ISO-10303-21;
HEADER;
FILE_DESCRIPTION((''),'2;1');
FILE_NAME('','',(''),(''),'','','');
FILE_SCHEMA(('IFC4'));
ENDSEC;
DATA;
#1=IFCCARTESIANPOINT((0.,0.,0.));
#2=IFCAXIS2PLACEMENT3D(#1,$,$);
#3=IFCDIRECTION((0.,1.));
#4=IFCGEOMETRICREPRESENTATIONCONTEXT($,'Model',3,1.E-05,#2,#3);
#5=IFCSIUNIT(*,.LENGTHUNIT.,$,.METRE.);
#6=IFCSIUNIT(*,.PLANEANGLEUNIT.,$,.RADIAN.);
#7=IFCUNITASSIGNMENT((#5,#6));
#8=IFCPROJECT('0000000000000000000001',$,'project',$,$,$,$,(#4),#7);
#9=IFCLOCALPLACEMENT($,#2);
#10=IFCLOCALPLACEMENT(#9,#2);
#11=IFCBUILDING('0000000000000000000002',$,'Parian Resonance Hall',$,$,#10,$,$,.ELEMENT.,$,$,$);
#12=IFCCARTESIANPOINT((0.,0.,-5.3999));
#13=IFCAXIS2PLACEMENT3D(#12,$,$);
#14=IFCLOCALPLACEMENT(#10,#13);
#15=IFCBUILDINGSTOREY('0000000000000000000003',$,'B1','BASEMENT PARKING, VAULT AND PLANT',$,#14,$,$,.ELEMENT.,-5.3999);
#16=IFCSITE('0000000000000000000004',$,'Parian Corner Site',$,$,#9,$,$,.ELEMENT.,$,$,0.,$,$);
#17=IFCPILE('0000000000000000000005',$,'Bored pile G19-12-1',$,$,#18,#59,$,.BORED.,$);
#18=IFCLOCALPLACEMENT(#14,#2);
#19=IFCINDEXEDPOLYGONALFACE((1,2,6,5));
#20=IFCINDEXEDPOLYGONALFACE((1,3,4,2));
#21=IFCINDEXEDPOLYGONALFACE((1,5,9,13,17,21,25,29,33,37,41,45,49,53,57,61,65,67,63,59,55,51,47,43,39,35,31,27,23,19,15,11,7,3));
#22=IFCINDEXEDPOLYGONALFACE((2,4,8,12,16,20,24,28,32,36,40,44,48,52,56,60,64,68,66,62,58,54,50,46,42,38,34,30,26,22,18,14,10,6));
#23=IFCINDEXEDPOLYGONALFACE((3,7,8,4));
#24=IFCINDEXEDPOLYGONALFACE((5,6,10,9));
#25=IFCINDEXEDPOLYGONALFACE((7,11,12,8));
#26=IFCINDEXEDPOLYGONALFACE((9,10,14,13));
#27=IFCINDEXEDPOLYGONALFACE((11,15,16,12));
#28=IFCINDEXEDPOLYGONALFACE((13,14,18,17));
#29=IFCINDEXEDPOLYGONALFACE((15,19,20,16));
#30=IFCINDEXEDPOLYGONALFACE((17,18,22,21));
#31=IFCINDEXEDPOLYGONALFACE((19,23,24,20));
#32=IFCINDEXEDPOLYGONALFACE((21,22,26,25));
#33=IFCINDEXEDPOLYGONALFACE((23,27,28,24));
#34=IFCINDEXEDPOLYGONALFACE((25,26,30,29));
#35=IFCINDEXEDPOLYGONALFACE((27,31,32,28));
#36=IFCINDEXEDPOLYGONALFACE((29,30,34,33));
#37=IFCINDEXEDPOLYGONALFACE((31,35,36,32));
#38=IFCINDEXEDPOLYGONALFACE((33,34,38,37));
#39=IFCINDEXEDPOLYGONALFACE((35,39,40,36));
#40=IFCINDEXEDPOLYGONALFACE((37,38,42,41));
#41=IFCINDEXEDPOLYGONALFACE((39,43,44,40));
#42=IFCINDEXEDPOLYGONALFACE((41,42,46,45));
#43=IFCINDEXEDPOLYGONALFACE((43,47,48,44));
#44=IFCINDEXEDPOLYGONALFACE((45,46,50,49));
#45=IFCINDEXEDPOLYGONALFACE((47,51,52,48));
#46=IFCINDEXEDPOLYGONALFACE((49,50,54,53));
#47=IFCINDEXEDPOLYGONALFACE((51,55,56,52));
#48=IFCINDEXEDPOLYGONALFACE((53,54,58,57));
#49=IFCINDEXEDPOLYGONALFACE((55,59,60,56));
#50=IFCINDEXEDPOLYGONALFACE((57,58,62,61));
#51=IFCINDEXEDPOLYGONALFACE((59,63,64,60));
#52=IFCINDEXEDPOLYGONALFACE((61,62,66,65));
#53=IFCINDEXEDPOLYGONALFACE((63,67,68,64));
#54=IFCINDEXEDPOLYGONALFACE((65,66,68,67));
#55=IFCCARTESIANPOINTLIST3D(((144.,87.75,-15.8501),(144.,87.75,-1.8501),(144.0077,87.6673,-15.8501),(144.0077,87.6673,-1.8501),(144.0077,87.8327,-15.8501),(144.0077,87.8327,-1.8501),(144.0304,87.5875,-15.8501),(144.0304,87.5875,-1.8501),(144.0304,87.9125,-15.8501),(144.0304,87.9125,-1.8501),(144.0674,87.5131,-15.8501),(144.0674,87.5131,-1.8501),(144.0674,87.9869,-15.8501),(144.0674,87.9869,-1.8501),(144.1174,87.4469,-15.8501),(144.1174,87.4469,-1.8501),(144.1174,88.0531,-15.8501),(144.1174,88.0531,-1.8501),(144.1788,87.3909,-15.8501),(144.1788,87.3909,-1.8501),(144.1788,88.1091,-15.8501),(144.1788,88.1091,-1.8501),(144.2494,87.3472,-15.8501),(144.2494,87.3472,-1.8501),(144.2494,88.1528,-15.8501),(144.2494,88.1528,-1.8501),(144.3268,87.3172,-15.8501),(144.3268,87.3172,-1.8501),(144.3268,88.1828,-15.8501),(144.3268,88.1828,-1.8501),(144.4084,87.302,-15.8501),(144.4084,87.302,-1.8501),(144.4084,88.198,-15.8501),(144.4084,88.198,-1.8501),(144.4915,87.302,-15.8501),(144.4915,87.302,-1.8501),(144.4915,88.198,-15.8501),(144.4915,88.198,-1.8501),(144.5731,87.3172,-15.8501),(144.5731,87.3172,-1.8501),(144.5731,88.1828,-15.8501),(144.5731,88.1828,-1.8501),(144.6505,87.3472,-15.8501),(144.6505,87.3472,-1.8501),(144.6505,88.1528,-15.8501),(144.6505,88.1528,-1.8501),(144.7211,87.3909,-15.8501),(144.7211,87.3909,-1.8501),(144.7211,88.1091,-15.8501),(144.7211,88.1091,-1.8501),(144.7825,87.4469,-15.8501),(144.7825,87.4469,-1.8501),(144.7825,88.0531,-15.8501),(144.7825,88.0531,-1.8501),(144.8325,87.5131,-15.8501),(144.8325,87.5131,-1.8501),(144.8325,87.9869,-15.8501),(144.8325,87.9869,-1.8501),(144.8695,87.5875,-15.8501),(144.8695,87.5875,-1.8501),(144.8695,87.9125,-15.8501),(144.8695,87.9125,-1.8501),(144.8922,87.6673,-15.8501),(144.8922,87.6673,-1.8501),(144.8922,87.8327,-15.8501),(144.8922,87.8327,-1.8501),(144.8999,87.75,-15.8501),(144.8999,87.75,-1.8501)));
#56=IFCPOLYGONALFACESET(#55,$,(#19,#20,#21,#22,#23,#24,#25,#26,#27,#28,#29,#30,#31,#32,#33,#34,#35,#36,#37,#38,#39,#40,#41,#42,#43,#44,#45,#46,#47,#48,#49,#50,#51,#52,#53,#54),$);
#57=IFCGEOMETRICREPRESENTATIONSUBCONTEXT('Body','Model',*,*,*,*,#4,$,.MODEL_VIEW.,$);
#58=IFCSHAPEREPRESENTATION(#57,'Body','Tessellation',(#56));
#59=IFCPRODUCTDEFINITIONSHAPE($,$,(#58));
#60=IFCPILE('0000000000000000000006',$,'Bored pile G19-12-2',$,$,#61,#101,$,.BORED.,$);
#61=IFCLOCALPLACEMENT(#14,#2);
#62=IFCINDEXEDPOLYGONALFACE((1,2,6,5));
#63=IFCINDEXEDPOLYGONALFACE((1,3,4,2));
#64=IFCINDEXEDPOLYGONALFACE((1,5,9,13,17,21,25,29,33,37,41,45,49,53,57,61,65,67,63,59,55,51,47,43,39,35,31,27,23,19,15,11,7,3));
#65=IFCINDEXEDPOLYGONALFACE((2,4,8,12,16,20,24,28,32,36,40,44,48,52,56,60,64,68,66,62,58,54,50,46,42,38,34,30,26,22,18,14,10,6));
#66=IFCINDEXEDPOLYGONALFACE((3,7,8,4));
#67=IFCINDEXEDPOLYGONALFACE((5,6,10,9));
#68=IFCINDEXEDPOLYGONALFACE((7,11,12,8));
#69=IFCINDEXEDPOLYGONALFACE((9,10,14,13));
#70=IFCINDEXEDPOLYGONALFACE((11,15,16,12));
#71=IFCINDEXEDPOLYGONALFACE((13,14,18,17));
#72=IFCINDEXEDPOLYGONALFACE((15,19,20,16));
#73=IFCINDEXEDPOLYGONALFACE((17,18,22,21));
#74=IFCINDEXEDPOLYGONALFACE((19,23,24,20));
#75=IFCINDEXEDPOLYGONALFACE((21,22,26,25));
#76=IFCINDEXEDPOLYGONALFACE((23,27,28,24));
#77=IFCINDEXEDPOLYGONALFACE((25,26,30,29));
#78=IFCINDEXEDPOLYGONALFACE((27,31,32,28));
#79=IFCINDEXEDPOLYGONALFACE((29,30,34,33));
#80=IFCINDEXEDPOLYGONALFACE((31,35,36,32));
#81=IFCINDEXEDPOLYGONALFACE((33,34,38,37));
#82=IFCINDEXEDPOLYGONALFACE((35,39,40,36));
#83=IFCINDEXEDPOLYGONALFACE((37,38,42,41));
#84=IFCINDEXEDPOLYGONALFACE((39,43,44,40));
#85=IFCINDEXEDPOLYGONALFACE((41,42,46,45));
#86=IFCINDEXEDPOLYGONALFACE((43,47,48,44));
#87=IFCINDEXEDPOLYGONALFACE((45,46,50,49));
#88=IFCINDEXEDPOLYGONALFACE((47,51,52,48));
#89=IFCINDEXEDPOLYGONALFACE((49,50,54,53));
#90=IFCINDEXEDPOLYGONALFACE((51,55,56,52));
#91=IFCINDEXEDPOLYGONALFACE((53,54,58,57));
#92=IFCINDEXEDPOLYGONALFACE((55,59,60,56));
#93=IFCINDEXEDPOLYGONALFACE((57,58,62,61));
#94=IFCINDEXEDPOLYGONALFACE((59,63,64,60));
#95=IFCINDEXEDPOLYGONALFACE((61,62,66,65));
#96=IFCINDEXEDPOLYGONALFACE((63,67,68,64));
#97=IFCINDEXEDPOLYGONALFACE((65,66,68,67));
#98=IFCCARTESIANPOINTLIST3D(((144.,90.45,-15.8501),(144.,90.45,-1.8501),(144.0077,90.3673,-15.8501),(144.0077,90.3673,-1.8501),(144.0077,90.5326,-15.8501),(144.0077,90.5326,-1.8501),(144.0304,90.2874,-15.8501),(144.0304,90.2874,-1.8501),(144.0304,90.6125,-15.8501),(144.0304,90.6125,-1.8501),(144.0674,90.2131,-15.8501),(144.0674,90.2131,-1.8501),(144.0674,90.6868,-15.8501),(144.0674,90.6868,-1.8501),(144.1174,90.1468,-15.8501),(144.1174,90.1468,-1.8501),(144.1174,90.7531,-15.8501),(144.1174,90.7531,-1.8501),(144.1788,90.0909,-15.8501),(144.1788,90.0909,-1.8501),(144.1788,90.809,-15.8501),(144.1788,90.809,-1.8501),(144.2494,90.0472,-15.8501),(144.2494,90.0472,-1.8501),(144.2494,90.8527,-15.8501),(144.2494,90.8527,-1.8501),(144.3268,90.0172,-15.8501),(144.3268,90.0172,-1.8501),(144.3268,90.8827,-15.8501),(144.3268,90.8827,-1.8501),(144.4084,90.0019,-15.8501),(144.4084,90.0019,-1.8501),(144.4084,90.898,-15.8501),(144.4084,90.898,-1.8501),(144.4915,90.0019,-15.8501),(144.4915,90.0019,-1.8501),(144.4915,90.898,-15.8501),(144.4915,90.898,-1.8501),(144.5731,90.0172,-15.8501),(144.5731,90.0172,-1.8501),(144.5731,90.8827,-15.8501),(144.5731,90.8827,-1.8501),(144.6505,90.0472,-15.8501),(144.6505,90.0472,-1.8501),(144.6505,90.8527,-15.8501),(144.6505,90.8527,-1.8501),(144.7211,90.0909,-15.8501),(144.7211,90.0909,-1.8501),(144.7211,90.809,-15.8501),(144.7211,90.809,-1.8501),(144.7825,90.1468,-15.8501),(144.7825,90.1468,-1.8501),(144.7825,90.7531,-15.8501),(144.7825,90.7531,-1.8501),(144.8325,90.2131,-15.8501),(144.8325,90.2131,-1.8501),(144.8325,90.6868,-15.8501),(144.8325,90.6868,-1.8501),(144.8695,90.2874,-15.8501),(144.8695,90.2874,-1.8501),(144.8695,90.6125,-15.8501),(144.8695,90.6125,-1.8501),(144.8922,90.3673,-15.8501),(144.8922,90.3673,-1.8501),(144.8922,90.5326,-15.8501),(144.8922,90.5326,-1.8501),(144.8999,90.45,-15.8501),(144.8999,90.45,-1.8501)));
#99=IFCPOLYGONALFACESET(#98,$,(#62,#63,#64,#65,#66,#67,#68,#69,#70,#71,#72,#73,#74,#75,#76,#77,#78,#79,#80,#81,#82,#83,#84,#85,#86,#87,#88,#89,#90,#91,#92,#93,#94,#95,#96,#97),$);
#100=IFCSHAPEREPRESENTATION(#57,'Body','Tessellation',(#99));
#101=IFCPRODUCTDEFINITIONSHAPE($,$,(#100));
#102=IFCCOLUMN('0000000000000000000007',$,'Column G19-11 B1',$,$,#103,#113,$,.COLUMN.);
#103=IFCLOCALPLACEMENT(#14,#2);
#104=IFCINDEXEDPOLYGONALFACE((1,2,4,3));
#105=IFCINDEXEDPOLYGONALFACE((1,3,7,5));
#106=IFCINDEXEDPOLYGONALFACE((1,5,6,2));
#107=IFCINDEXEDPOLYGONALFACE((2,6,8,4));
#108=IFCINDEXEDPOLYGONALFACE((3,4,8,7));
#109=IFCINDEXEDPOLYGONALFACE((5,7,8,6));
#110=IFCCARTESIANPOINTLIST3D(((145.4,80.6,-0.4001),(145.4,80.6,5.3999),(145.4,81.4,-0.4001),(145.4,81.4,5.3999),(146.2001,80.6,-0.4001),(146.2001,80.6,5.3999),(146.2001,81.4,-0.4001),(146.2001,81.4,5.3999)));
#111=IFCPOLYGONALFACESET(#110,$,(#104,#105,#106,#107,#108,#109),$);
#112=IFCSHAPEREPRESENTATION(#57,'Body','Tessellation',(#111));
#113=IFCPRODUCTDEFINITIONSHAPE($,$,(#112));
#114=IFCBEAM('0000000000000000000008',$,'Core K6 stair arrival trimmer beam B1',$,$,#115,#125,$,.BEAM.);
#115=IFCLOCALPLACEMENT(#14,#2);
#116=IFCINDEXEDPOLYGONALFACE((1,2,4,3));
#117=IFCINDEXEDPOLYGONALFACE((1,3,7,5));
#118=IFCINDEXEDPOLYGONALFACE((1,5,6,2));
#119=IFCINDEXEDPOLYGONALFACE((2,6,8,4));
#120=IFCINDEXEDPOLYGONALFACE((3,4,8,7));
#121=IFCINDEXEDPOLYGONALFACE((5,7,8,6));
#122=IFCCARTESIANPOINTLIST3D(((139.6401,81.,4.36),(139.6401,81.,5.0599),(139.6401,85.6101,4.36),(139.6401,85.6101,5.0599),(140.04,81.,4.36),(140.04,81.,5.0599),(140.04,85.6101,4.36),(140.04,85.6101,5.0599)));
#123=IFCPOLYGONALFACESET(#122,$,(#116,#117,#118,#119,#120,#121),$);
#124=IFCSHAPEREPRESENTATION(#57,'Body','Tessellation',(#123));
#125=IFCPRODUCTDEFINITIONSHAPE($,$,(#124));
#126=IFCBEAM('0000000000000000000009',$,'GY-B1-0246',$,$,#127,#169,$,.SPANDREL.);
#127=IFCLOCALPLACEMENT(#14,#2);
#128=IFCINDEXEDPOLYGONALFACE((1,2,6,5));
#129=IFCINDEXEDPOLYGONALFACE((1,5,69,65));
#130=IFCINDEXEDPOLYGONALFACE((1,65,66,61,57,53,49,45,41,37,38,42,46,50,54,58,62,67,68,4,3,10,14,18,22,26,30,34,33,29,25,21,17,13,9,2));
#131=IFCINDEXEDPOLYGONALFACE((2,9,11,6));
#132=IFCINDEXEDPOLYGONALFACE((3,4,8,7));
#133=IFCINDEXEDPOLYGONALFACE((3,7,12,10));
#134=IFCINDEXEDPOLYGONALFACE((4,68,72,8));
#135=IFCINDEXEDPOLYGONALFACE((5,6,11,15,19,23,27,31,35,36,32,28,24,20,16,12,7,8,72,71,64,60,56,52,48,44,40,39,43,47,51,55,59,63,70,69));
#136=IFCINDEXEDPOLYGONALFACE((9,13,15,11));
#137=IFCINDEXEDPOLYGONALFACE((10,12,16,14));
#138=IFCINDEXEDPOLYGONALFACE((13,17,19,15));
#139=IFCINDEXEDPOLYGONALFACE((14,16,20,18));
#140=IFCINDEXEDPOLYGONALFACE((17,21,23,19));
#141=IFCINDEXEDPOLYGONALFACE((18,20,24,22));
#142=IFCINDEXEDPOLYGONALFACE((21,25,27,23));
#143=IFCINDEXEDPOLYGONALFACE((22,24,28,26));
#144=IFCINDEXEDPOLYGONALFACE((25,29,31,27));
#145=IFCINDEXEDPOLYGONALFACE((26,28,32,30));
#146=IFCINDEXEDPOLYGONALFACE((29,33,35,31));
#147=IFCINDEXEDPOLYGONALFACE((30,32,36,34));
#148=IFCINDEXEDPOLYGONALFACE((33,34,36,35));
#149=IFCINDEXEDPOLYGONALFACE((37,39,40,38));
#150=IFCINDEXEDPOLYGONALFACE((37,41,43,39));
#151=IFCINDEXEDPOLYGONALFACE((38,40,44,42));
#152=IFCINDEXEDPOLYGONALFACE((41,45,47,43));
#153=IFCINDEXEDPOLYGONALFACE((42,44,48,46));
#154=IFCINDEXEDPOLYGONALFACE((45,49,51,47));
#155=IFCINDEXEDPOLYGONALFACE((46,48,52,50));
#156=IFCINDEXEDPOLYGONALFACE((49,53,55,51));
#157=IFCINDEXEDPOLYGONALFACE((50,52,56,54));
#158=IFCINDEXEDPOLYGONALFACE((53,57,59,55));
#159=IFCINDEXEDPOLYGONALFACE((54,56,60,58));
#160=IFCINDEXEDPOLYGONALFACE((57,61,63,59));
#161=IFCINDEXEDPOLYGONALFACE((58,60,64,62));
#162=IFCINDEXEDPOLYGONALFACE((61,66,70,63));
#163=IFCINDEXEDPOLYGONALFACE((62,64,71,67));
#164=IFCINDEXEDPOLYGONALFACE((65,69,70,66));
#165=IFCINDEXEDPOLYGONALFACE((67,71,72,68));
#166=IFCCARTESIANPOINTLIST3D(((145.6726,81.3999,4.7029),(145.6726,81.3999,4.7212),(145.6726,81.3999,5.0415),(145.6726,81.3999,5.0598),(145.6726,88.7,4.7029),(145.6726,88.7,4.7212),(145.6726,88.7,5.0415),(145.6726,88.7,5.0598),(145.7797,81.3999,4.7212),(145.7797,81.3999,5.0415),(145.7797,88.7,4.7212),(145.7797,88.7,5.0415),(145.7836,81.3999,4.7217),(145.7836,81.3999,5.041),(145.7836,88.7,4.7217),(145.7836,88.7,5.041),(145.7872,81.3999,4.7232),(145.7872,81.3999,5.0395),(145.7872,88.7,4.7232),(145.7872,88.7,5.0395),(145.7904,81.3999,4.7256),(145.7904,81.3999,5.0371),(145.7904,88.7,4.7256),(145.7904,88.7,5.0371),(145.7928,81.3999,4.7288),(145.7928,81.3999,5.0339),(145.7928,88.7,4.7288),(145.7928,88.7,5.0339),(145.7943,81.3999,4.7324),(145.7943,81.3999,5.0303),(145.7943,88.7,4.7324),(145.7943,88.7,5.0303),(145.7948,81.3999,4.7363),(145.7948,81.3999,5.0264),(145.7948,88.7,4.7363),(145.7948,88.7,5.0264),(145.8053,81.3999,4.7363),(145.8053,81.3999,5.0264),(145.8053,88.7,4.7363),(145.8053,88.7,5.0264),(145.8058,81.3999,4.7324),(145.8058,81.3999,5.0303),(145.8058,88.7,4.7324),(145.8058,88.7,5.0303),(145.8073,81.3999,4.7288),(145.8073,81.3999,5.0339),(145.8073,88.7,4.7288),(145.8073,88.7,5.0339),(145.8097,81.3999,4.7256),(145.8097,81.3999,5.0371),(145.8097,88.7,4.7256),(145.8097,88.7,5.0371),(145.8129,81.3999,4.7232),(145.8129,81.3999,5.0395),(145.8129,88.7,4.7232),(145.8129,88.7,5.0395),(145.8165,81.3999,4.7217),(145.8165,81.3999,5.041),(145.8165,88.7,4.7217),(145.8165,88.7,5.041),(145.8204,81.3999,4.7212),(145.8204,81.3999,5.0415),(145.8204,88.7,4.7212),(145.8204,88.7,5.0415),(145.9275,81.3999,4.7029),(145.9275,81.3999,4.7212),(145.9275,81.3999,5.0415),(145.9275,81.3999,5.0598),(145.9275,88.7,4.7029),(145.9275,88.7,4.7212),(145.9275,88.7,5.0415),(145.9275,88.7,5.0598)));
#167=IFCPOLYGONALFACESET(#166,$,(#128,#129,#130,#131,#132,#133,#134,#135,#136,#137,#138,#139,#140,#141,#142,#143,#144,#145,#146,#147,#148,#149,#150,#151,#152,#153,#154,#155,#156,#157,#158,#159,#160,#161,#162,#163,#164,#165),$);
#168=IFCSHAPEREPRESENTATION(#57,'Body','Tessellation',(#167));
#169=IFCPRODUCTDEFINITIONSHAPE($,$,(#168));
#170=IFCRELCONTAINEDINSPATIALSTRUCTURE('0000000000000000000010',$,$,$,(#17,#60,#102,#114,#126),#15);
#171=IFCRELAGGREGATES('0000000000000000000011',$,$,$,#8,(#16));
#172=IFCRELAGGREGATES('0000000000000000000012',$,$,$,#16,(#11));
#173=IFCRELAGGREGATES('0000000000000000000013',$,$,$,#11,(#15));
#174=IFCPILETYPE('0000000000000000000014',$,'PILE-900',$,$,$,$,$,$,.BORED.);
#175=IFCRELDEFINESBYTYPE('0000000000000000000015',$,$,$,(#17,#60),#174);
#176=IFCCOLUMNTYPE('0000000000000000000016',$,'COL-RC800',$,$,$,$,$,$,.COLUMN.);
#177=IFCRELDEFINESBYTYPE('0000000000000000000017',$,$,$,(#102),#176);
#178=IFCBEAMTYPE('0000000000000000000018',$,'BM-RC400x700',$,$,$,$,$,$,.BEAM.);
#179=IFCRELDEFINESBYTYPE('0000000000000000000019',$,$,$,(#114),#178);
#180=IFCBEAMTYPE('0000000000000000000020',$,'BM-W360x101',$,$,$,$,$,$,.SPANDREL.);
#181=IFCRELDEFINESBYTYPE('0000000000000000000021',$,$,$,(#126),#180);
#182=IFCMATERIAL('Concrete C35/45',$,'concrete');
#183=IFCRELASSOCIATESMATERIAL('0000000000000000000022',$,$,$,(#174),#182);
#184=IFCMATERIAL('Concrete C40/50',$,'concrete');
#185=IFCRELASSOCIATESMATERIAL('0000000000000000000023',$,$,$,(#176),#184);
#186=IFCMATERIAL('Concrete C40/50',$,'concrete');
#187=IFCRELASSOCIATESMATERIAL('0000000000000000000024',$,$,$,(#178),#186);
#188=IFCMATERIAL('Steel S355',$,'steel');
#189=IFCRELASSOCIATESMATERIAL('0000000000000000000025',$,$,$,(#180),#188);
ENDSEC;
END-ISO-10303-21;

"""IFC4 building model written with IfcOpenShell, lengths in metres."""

from ifc_helpers import new_model, si_unit, direction, frame, origin, origin_2d, place, context, subcontext, project, spatial, rectangle, circle, i_section, extrude, material, material_profile, profile_set, type_object, element, save


model = new_model("IFC4")

# Units and contexts
model_context = context("Model", 3, precision=1e-05, world=origin(), true_north=direction((0.0, 1.0)))
body_context = subcontext(model_context, "Body", "Model", "MODEL_VIEW")
ifc_project = project(units=[si_unit("LENGTHUNIT", "METRE"), si_unit("PLANEANGLEUNIT", "RADIAN")], contexts=[model_context])

# Site, building, storey
site_placement = place(None, origin())
site = spatial("IfcSite", under=ifc_project, at=site_placement, Name="Parian Corner Site", CompositionType="ELEMENT", RefElevation=0.0)
building_placement = place(site_placement, origin())
building = spatial("IfcBuilding", under=site, at=building_placement, Name="Parian Resonance Hall", CompositionType="ELEMENT")
storey_placement = place(building_placement, frame((0.0, 0.0, -5.3999)))
storey = spatial("IfcBuildingStorey", under=building, at=storey_placement, Name="B1", Description="BASEMENT PARKING, VAULT AND PLANT", CompositionType="ELEMENT", Elevation=-5.3999)

# Piles
ifc_material_1 = material(Name="Concrete C35/45", Category="concrete")
ifc_material_profile_1 = material_profile(ifc_material_1, circle(Radius=0.45, at=origin_2d()), Name="PILE-D900")
ifc_profile_set_1 = profile_set([ifc_material_profile_1], Name="Concrete C35/45")
pile_type_1 = type_object("IfcPileType", Name="PILE-900", PredefinedType="BORED", material=ifc_profile_set_1)
for number, where, z_axis, x_axis, name in (
    (1, (144.45, 87.75, -1.8501), (0.0, 0.0, -1.0), (1.0, 0.0, 0.0), "Bored pile G19-12-1"),
    (2, (144.45, 90.45, -1.8501), (0.0, 0.0, -1.0), (1.0, 0.0, 0.0), "Bored pile G19-12-2"),
):
    element("IfcPile", number, at=place(storey_placement, frame(where, z_axis=z_axis, x_axis=x_axis)), inside=storey, type_object=pile_type_1, Name=name, PredefinedType="BORED", context=body_context, shape_type="SweptSolid", body=[
        extrude(circle(Radius=0.45, at=origin_2d()), origin(), (0.0, 0.0, 1.0), 14.0),
    ])

# Column
ifc_material_2 = material(Name="Concrete C40/50", Category="concrete")
ifc_material_profile_2 = material_profile(ifc_material_2, rectangle(XDim=0.8, YDim=0.8, at=origin_2d()), Name="RC-COL-800x800")
ifc_profile_set_2 = profile_set([ifc_material_profile_2], Name="Concrete C40/50")
column_type = type_object("IfcColumnType", Name="COL-RC800", PredefinedType="COLUMN", material=ifc_profile_set_2)
column_placement = place(storey_placement, frame((145.8, 81.0, -0.4001), z_axis=(0.0, 0.0, 1.0), x_axis=(1.0, 0.0, 0.0)))
element("IfcColumn", 3, at=column_placement, inside=storey, type_object=column_type, Name="Column G19-11 B1", PredefinedType="COLUMN", context=body_context, shape_type="SweptSolid", body=[
    extrude(rectangle(XDim=0.8, YDim=0.8, at=origin_2d()), origin(), (0.0, 0.0, 1.0), 5.8),
])

# Beams
ifc_material_3 = material(Name="Concrete C40/50", Category="concrete")
ifc_material_profile_3 = material_profile(ifc_material_3, rectangle(XDim=0.3999, YDim=0.7, at=origin_2d()), Name="RC-BM-400x700")
ifc_profile_set_3 = profile_set([ifc_material_profile_3], Name="Concrete C40/50")
beam_type_1 = type_object("IfcBeamType", Name="BM-RC400x700", PredefinedType="BEAM", material=ifc_profile_set_3)
beam_1_placement = place(storey_placement, frame((139.8401, 81.0, 4.71), z_axis=(0.0, 1.0, 0.0), x_axis=(-1.0, 0.0, 0.0)))
element("IfcBeam", 4, at=beam_1_placement, inside=storey, type_object=beam_type_1, Name="Core K6 stair arrival trimmer beam B1", PredefinedType="BEAM", context=body_context, shape_type="SweptSolid", body=[
    extrude(rectangle(XDim=0.3999, YDim=0.7, at=origin_2d()), origin(), (0.0, 0.0, 1.0), 4.6101),
])
ifc_material_4 = material(Name="Steel S355", Category="steel")
ifc_material_profile_4 = material_profile(ifc_material_4, i_section(OverallWidth=0.2549, OverallDepth=0.3569, WebThickness=0.0105, FlangeThickness=0.0183, FilletRadius=0.0151, at=origin_2d()), Name="W360x101")
ifc_profile_set_4 = profile_set([ifc_material_profile_4], Name="Steel S355")
beam_type_2 = type_object("IfcBeamType", Name="BM-W360x101", PredefinedType="SPANDREL", material=ifc_profile_set_4)
beam_2_placement = place(storey_placement, frame((145.8, 81.3999, 4.8813), z_axis=(0.0, 1.0, 0.0), x_axis=(-1.0, 0.0, 0.0)))
element("IfcBeam", 5, at=beam_2_placement, inside=storey, type_object=beam_type_2, Name="GY-B1-0246", PredefinedType="SPANDREL", context=body_context, shape_type="SweptSolid", body=[
    extrude(i_section(OverallWidth=0.2549, OverallDepth=0.3569, WebThickness=0.0105, FlangeThickness=0.0183, FilletRadius=0.0151, at=origin_2d()), origin(), (0.0, 0.0, 1.0), 7.3),
])

save(model, "model.ifc")
